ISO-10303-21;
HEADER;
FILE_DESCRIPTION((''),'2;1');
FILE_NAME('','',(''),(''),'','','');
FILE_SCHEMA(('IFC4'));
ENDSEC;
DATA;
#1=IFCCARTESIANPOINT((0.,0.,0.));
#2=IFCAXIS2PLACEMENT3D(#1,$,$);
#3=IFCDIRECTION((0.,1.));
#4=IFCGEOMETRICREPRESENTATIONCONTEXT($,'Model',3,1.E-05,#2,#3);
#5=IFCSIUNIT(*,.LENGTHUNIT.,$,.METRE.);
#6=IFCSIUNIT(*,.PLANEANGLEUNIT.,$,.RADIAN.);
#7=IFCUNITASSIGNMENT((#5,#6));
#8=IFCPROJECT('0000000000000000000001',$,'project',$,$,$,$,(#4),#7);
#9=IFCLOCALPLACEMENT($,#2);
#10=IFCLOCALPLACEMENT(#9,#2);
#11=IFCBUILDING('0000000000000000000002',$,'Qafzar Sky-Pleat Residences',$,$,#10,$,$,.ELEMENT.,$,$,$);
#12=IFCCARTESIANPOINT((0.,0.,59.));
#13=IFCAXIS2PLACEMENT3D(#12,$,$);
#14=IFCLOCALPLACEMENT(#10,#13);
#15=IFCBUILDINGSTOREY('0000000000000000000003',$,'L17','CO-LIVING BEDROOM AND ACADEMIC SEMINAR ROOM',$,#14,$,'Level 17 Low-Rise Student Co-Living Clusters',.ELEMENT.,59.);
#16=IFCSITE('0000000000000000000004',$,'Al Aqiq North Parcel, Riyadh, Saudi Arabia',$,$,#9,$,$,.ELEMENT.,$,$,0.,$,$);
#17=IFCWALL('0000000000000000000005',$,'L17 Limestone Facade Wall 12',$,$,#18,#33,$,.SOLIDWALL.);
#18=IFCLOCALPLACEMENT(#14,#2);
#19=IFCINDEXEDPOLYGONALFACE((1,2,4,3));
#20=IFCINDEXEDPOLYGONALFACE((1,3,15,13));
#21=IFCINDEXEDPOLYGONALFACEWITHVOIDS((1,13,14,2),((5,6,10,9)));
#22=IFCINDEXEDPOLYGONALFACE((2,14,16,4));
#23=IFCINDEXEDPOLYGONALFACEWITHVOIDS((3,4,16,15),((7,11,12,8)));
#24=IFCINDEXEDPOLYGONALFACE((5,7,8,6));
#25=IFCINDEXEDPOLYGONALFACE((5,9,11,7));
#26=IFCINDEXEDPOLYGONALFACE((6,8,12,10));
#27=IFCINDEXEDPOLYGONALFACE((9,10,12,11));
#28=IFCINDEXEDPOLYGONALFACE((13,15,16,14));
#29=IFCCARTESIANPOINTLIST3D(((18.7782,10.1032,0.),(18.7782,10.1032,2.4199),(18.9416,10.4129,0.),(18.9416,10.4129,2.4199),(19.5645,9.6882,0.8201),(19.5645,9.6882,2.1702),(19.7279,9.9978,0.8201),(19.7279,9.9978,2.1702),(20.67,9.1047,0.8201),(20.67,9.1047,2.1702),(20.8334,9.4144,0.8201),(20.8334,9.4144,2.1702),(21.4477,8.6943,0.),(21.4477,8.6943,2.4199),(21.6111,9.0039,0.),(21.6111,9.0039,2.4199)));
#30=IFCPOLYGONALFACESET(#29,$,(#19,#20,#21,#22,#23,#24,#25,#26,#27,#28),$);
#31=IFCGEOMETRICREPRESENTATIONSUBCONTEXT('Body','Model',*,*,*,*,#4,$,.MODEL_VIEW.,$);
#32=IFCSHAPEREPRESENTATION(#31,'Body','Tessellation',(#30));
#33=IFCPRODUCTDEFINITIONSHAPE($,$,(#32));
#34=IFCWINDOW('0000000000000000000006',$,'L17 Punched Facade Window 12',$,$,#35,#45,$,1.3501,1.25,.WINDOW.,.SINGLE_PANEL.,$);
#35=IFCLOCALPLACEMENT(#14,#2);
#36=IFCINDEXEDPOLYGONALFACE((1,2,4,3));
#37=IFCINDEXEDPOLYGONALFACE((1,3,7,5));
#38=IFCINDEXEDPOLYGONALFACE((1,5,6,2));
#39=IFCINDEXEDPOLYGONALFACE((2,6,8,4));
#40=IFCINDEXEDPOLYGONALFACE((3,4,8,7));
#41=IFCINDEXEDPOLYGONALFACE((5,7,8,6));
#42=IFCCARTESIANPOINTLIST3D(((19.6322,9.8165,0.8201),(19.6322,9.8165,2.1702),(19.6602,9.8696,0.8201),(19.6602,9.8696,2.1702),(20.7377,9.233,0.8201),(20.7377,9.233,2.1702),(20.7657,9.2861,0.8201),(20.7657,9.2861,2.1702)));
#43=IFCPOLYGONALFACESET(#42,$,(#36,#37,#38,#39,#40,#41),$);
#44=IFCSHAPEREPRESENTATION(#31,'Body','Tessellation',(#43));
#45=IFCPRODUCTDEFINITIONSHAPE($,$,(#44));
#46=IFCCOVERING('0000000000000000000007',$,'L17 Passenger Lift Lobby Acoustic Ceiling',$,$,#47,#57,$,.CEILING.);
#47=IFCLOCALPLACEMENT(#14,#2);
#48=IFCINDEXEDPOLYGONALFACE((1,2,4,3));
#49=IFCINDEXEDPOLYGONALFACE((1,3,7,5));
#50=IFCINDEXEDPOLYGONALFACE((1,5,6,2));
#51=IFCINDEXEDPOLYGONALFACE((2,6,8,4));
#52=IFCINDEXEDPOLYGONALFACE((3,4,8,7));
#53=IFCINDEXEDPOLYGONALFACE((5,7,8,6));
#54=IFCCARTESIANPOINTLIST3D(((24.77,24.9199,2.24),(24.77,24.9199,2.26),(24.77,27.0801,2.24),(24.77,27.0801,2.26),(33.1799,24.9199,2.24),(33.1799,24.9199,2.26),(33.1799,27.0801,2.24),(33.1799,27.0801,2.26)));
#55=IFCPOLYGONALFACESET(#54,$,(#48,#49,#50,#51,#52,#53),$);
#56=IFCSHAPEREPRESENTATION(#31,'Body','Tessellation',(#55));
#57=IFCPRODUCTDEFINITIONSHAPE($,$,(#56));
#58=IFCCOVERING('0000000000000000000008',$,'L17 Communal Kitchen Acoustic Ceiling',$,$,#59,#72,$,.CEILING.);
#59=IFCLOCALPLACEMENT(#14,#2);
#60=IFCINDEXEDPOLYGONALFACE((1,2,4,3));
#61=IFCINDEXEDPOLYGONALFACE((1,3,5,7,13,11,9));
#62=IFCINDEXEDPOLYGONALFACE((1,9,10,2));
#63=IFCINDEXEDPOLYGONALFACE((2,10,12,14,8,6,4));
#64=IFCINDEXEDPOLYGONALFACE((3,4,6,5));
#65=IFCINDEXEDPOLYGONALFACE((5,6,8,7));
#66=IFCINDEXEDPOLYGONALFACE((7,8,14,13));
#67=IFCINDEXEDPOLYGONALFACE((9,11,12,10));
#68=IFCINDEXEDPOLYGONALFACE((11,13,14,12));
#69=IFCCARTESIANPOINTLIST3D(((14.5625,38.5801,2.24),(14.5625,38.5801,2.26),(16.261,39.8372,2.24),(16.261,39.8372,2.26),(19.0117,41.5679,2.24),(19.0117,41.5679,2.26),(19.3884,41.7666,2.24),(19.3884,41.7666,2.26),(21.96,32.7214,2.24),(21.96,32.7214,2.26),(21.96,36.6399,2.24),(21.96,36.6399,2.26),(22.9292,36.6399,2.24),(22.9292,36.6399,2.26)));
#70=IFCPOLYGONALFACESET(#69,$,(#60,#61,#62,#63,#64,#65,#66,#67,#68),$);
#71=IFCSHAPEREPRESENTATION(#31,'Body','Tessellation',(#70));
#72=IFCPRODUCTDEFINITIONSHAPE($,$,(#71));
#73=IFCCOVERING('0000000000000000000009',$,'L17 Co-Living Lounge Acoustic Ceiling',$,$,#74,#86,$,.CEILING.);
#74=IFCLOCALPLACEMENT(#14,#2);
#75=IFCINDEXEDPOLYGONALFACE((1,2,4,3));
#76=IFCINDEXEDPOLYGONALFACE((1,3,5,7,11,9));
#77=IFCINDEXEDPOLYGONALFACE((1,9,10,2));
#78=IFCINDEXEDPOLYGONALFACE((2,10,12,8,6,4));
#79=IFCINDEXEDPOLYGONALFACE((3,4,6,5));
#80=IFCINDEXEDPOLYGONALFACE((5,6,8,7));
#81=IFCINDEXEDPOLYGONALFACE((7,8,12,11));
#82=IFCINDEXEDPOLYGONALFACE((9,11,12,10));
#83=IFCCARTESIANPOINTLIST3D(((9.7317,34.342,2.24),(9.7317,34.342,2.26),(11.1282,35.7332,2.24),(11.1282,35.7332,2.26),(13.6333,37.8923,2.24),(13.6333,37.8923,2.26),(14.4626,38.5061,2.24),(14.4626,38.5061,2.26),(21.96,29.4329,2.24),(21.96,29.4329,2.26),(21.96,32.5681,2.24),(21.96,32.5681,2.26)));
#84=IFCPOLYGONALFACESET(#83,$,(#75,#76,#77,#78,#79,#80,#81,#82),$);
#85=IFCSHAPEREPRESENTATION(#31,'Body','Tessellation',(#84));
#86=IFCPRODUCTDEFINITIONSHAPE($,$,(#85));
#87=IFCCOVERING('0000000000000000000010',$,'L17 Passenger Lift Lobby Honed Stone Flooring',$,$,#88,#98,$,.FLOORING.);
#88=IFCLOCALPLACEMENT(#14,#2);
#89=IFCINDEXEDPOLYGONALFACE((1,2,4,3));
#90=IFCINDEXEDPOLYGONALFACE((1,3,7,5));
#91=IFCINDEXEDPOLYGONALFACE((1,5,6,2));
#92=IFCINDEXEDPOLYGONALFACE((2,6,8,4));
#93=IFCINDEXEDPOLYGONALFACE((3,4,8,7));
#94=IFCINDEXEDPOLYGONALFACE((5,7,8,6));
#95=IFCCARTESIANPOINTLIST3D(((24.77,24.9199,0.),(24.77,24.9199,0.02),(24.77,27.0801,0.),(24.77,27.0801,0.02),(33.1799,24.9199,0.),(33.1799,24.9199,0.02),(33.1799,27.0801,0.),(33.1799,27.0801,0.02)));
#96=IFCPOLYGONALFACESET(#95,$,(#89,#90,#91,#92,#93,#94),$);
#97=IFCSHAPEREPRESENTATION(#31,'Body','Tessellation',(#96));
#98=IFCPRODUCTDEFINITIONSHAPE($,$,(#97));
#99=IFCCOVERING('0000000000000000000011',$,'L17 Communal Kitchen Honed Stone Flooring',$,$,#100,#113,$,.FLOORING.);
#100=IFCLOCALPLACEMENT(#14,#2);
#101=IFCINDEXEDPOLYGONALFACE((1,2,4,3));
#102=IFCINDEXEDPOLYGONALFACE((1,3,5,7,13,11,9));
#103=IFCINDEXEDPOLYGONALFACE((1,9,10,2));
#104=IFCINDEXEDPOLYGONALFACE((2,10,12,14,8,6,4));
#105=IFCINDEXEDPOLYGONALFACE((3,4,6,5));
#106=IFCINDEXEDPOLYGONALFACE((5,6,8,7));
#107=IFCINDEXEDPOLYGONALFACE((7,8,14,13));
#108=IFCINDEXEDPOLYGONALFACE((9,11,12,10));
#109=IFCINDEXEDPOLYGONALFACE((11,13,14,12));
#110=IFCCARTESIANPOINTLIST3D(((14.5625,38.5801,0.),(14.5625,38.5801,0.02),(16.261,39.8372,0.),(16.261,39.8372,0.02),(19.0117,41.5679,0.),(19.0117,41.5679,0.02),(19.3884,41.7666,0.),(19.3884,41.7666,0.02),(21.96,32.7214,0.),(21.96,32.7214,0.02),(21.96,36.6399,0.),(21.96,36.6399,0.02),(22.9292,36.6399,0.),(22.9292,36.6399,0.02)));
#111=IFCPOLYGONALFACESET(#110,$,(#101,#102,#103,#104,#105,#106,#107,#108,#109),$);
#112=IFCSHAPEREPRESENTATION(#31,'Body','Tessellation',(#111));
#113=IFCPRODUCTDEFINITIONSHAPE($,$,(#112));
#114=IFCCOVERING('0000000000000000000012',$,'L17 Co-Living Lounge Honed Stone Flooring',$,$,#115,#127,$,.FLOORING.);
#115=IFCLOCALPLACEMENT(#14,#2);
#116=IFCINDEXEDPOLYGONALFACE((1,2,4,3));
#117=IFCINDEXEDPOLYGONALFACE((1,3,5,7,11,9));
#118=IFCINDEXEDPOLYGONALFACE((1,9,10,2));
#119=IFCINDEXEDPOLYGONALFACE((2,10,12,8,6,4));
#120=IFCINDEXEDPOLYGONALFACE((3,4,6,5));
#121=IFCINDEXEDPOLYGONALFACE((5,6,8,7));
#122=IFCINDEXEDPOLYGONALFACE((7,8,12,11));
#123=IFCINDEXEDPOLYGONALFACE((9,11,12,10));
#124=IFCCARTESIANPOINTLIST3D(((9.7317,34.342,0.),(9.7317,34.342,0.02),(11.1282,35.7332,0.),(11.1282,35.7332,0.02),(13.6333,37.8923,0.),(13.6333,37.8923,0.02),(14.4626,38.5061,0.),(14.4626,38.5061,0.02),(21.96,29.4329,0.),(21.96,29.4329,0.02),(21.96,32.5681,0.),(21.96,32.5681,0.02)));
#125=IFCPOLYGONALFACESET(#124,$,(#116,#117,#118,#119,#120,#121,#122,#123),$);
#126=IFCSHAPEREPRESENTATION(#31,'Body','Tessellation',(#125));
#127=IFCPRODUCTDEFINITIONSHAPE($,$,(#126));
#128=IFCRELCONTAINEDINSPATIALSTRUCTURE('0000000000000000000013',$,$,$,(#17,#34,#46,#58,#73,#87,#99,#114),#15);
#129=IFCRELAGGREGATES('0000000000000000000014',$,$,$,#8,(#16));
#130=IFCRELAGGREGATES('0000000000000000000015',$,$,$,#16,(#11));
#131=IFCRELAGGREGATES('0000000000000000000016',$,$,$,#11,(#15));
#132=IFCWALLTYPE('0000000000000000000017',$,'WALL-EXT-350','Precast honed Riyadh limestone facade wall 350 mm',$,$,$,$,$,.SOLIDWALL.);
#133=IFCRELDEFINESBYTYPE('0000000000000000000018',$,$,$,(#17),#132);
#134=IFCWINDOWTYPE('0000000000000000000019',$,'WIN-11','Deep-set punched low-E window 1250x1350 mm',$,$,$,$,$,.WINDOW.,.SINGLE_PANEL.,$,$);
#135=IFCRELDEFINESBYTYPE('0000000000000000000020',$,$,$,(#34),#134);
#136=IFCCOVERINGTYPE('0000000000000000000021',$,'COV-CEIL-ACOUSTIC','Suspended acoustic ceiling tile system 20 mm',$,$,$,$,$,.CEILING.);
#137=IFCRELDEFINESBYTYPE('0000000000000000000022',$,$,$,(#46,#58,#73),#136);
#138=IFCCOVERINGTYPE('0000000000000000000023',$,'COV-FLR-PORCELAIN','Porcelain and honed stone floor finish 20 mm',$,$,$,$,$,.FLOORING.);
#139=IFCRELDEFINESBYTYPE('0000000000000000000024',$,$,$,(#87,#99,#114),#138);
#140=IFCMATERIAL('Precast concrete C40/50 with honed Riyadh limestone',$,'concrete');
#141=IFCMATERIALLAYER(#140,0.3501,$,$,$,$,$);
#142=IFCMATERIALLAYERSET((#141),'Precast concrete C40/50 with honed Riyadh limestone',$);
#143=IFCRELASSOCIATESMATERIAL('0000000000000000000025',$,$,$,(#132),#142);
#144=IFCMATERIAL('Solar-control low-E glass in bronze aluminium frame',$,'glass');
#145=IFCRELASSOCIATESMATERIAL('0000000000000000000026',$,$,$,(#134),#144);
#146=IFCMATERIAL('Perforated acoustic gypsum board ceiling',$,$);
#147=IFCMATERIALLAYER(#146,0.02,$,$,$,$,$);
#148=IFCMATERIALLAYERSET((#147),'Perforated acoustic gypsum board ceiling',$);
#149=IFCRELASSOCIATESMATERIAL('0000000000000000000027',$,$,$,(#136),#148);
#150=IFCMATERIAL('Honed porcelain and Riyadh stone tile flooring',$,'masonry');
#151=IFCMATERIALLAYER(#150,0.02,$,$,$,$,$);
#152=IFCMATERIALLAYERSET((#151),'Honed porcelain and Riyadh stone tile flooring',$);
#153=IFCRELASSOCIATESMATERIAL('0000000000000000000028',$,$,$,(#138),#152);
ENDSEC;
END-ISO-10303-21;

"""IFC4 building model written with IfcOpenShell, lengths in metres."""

from ifc_helpers import new_model, si_unit, direction, frame, frame_2d, origin, place, context, subcontext, project, spatial, polyline, rectangle, outline, extrude, source, transform, mapped, material, layer, layer_set, type_object, element, fill, save


model = new_model("IFC4")

# Units and contexts
model_context = context("Model", 3, precision=1e-05, world=origin(), true_north=direction((0.0, 1.0)))
body_context = subcontext(model_context, "Body", "Model", "MODEL_VIEW")
ifc_project = project(units=[si_unit("LENGTHUNIT", "METRE"), si_unit("PLANEANGLEUNIT", "RADIAN")], contexts=[model_context])

# Site, building, storey
site_placement = place(None, origin())
site = spatial("IfcSite", under=ifc_project, at=site_placement, Name="Al Aqiq North Parcel, Riyadh, Saudi Arabia", CompositionType="ELEMENT", RefElevation=0.0)
building_placement = place(site_placement, origin())
building = spatial("IfcBuilding", under=site, at=building_placement, Name="Qafzar Sky-Pleat Residences", CompositionType="ELEMENT")
storey_placement = place(building_placement, frame((0.0, 0.0, 59.0)))
storey = spatial("IfcBuildingStorey", under=building, at=storey_placement, Name="L17", Description="CO-LIVING BEDROOM AND ACADEMIC SEMINAR ROOM", LongName="Level 17 Low-Rise Student Co-Living Clusters", CompositionType="ELEMENT", Elevation=59.0)

# Wall, opening, window
ifc_material_1 = material(Name="Precast concrete C40/50 with honed Riyadh limestone", Category="concrete")
ifc_layer_1 = layer(ifc_material_1, 0.3501)
ifc_layer_set_1 = layer_set([ifc_layer_1], Name="Precast concrete C40/50 with honed Riyadh limestone")
wall_type_1 = type_object("IfcWallType", Name="WALL-EXT-350", Description="Precast honed Riyadh limestone facade wall 350 mm", PredefinedType="SOLIDWALL", material=ifc_layer_set_1)
wall_1_placement = place(storey_placement, frame((18.8599, 10.2581, 0.0), z_axis=(0.0, 0.0, 1.0), x_axis=(0.884375, -0.466776, 0.0)))
wall_1 = element("IfcWall", 1, at=wall_1_placement, inside=storey, type_object=wall_type_1, Name="L17 Limestone Facade Wall 12", PredefinedType="SOLIDWALL", context=body_context, shape_type="SweptSolid", body=[
    extrude(rectangle(XDim=3.0186, YDim=0.3501, at=frame_2d((1.5093, 0.0))), origin(), (0.0, 0.0, 1.0), 2.4199),
])
opening_placement = place(wall_1_placement, frame((0.8892, 0.0, 0.8201)))
opening = element("IfcOpeningElement", 2, at=opening_placement, cuts=wall_1, PredefinedType="OPENING", context=body_context, shape_type="SweptSolid", body=[
    extrude(rectangle(XDim=1.25, YDim=1.3501, at=frame_2d((0.625, 0.675))), frame((0.0, 0.1851, 0.0), z_axis=(0.0, -1.0, 0.0), x_axis=(1.0, 0.0, 0.0)), (0.0, 0.0, 1.0), 0.3701),
])
ifc_material_2 = material(Name="Solar-control low-E glass in bronze aluminium frame", Category="glass")
window_type = type_object("IfcWindowType", Name="WIN-11", Description="Deep-set punched low-E window 1250x1350 mm", PartitioningType="SINGLE_PANEL", PredefinedType="WINDOW", material=ifc_material_2)
shared_shape_1 = source(origin(), body_context, "Body", "SweptSolid", [
    extrude(rectangle(XDim=1.25, YDim=1.3501, at=frame_2d((0.625, 0.675))), frame((0.0, 0.03, 0.0), z_axis=(0.0, -1.0, 0.0), x_axis=(1.0, 0.0, 0.0)), (0.0, 0.0, 1.0), 0.0601),
])
window_placement = place(opening_placement, origin())
window = element("IfcWindow", 3, at=window_placement, inside=storey, type_object=window_type, Name="L17 Punched Facade Window 12", OverallHeight=1.3501, OverallWidth=1.25, PartitioningType="SINGLE_PANEL", PredefinedType="WINDOW", context=body_context, shape_type="MappedRepresentation", body=[
    mapped(shared_shape_1, transform((0.0, 0.0, 0.0), x_axis=(1.0, 0.0, 0.0), y_axis=(0.0, 1.0, 0.0), z_axis=(0.0, 0.0, 1.0), scale=1.0)),
])
fill(opening, window)

# Coverings
ifc_material_3 = material(Name="Perforated acoustic gypsum board ceiling")
ifc_layer_2 = layer(ifc_material_3, 0.02)
ifc_layer_set_2 = layer_set([ifc_layer_2], Name="Perforated acoustic gypsum board ceiling")
covering_type_1 = type_object("IfcCoveringType", Name="COV-CEIL-ACOUSTIC", Description="Suspended acoustic ceiling tile system 20 mm", PredefinedType="CEILING", material=ifc_layer_set_2)
covering_1_placement = place(storey_placement, frame((0.0, 0.0, 2.24)))
element("IfcCovering", 4, at=covering_1_placement, inside=storey, type_object=covering_type_1, Name="L17 Passenger Lift Lobby Acoustic Ceiling", PredefinedType="CEILING", context=body_context, shape_type="SweptSolid", body=[
    extrude(outline(polyline([(33.1799, 24.9199), (24.77, 24.9199), (24.77, 27.0801), (33.1799, 27.0801), (33.1799, 24.9199)])), origin(), (0.0, 0.0, 1.0), 0.02),
])
covering_2_placement = place(storey_placement, frame((0.0, 0.0, 2.24)))
element("IfcCovering", 5, at=covering_2_placement, inside=storey, type_object=covering_type_1, Name="L17 Communal Kitchen Acoustic Ceiling", PredefinedType="CEILING", context=body_context, shape_type="SweptSolid", body=[
    extrude(outline(polyline([(19.0117, 41.5679), (19.3884, 41.7666), (22.9292, 36.6399), (21.96, 36.6399), (21.96, 32.7214), (14.5625, 38.5801), (16.261, 39.8372), (19.0117, 41.5679)])), origin(), (0.0, 0.0, 1.0), 0.02),
])
covering_3_placement = place(storey_placement, frame((0.0, 0.0, 2.24)))
element("IfcCovering", 6, at=covering_3_placement, inside=storey, type_object=covering_type_1, Name="L17 Co-Living Lounge Acoustic Ceiling", PredefinedType="CEILING", context=body_context, shape_type="SweptSolid", body=[
    extrude(outline(polyline([(13.6333, 37.8923), (14.4626, 38.5061), (21.96, 32.5681), (21.96, 29.4329), (9.7317, 34.342), (11.1282, 35.7332), (13.6333, 37.8923)])), origin(), (0.0, 0.0, 1.0), 0.02),
])
ifc_material_4 = material(Name="Honed porcelain and Riyadh stone tile flooring", Category="masonry")
ifc_layer_3 = layer(ifc_material_4, 0.02)
ifc_layer_set_3 = layer_set([ifc_layer_3], Name="Honed porcelain and Riyadh stone tile flooring")
covering_type_2 = type_object("IfcCoveringType", Name="COV-FLR-PORCELAIN", Description="Porcelain and honed stone floor finish 20 mm", PredefinedType="FLOORING", material=ifc_layer_set_3)
covering_4_placement = place(storey_placement, origin())
element("IfcCovering", 7, at=covering_4_placement, inside=storey, type_object=covering_type_2, Name="L17 Passenger Lift Lobby Honed Stone Flooring", PredefinedType="FLOORING", context=body_context, shape_type="SweptSolid", body=[
    extrude(outline(polyline([(33.1799, 24.9199), (24.77, 24.9199), (24.77, 27.0801), (33.1799, 27.0801), (33.1799, 24.9199)])), origin(), (0.0, 0.0, 1.0), 0.02),
])
covering_5_placement = place(storey_placement, origin())
element("IfcCovering", 8, at=covering_5_placement, inside=storey, type_object=covering_type_2, Name="L17 Communal Kitchen Honed Stone Flooring", PredefinedType="FLOORING", context=body_context, shape_type="SweptSolid", body=[
    extrude(outline(polyline([(19.0117, 41.5679), (19.3884, 41.7666), (22.9292, 36.6399), (21.96, 36.6399), (21.96, 32.7214), (14.5625, 38.5801), (16.261, 39.8372), (19.0117, 41.5679)])), origin(), (0.0, 0.0, 1.0), 0.02),
])
covering_6_placement = place(storey_placement, origin())
element("IfcCovering", 9, at=covering_6_placement, inside=storey, type_object=covering_type_2, Name="L17 Co-Living Lounge Honed Stone Flooring", PredefinedType="FLOORING", context=body_context, shape_type="SweptSolid", body=[
    extrude(outline(polyline([(13.6333, 37.8923), (14.4626, 38.5061), (21.96, 32.5681), (21.96, 29.4329), (9.7317, 34.342), (11.1282, 35.7332), (13.6333, 37.8923)])), origin(), (0.0, 0.0, 1.0), 0.02),
])

save(model, "model.ifc")
